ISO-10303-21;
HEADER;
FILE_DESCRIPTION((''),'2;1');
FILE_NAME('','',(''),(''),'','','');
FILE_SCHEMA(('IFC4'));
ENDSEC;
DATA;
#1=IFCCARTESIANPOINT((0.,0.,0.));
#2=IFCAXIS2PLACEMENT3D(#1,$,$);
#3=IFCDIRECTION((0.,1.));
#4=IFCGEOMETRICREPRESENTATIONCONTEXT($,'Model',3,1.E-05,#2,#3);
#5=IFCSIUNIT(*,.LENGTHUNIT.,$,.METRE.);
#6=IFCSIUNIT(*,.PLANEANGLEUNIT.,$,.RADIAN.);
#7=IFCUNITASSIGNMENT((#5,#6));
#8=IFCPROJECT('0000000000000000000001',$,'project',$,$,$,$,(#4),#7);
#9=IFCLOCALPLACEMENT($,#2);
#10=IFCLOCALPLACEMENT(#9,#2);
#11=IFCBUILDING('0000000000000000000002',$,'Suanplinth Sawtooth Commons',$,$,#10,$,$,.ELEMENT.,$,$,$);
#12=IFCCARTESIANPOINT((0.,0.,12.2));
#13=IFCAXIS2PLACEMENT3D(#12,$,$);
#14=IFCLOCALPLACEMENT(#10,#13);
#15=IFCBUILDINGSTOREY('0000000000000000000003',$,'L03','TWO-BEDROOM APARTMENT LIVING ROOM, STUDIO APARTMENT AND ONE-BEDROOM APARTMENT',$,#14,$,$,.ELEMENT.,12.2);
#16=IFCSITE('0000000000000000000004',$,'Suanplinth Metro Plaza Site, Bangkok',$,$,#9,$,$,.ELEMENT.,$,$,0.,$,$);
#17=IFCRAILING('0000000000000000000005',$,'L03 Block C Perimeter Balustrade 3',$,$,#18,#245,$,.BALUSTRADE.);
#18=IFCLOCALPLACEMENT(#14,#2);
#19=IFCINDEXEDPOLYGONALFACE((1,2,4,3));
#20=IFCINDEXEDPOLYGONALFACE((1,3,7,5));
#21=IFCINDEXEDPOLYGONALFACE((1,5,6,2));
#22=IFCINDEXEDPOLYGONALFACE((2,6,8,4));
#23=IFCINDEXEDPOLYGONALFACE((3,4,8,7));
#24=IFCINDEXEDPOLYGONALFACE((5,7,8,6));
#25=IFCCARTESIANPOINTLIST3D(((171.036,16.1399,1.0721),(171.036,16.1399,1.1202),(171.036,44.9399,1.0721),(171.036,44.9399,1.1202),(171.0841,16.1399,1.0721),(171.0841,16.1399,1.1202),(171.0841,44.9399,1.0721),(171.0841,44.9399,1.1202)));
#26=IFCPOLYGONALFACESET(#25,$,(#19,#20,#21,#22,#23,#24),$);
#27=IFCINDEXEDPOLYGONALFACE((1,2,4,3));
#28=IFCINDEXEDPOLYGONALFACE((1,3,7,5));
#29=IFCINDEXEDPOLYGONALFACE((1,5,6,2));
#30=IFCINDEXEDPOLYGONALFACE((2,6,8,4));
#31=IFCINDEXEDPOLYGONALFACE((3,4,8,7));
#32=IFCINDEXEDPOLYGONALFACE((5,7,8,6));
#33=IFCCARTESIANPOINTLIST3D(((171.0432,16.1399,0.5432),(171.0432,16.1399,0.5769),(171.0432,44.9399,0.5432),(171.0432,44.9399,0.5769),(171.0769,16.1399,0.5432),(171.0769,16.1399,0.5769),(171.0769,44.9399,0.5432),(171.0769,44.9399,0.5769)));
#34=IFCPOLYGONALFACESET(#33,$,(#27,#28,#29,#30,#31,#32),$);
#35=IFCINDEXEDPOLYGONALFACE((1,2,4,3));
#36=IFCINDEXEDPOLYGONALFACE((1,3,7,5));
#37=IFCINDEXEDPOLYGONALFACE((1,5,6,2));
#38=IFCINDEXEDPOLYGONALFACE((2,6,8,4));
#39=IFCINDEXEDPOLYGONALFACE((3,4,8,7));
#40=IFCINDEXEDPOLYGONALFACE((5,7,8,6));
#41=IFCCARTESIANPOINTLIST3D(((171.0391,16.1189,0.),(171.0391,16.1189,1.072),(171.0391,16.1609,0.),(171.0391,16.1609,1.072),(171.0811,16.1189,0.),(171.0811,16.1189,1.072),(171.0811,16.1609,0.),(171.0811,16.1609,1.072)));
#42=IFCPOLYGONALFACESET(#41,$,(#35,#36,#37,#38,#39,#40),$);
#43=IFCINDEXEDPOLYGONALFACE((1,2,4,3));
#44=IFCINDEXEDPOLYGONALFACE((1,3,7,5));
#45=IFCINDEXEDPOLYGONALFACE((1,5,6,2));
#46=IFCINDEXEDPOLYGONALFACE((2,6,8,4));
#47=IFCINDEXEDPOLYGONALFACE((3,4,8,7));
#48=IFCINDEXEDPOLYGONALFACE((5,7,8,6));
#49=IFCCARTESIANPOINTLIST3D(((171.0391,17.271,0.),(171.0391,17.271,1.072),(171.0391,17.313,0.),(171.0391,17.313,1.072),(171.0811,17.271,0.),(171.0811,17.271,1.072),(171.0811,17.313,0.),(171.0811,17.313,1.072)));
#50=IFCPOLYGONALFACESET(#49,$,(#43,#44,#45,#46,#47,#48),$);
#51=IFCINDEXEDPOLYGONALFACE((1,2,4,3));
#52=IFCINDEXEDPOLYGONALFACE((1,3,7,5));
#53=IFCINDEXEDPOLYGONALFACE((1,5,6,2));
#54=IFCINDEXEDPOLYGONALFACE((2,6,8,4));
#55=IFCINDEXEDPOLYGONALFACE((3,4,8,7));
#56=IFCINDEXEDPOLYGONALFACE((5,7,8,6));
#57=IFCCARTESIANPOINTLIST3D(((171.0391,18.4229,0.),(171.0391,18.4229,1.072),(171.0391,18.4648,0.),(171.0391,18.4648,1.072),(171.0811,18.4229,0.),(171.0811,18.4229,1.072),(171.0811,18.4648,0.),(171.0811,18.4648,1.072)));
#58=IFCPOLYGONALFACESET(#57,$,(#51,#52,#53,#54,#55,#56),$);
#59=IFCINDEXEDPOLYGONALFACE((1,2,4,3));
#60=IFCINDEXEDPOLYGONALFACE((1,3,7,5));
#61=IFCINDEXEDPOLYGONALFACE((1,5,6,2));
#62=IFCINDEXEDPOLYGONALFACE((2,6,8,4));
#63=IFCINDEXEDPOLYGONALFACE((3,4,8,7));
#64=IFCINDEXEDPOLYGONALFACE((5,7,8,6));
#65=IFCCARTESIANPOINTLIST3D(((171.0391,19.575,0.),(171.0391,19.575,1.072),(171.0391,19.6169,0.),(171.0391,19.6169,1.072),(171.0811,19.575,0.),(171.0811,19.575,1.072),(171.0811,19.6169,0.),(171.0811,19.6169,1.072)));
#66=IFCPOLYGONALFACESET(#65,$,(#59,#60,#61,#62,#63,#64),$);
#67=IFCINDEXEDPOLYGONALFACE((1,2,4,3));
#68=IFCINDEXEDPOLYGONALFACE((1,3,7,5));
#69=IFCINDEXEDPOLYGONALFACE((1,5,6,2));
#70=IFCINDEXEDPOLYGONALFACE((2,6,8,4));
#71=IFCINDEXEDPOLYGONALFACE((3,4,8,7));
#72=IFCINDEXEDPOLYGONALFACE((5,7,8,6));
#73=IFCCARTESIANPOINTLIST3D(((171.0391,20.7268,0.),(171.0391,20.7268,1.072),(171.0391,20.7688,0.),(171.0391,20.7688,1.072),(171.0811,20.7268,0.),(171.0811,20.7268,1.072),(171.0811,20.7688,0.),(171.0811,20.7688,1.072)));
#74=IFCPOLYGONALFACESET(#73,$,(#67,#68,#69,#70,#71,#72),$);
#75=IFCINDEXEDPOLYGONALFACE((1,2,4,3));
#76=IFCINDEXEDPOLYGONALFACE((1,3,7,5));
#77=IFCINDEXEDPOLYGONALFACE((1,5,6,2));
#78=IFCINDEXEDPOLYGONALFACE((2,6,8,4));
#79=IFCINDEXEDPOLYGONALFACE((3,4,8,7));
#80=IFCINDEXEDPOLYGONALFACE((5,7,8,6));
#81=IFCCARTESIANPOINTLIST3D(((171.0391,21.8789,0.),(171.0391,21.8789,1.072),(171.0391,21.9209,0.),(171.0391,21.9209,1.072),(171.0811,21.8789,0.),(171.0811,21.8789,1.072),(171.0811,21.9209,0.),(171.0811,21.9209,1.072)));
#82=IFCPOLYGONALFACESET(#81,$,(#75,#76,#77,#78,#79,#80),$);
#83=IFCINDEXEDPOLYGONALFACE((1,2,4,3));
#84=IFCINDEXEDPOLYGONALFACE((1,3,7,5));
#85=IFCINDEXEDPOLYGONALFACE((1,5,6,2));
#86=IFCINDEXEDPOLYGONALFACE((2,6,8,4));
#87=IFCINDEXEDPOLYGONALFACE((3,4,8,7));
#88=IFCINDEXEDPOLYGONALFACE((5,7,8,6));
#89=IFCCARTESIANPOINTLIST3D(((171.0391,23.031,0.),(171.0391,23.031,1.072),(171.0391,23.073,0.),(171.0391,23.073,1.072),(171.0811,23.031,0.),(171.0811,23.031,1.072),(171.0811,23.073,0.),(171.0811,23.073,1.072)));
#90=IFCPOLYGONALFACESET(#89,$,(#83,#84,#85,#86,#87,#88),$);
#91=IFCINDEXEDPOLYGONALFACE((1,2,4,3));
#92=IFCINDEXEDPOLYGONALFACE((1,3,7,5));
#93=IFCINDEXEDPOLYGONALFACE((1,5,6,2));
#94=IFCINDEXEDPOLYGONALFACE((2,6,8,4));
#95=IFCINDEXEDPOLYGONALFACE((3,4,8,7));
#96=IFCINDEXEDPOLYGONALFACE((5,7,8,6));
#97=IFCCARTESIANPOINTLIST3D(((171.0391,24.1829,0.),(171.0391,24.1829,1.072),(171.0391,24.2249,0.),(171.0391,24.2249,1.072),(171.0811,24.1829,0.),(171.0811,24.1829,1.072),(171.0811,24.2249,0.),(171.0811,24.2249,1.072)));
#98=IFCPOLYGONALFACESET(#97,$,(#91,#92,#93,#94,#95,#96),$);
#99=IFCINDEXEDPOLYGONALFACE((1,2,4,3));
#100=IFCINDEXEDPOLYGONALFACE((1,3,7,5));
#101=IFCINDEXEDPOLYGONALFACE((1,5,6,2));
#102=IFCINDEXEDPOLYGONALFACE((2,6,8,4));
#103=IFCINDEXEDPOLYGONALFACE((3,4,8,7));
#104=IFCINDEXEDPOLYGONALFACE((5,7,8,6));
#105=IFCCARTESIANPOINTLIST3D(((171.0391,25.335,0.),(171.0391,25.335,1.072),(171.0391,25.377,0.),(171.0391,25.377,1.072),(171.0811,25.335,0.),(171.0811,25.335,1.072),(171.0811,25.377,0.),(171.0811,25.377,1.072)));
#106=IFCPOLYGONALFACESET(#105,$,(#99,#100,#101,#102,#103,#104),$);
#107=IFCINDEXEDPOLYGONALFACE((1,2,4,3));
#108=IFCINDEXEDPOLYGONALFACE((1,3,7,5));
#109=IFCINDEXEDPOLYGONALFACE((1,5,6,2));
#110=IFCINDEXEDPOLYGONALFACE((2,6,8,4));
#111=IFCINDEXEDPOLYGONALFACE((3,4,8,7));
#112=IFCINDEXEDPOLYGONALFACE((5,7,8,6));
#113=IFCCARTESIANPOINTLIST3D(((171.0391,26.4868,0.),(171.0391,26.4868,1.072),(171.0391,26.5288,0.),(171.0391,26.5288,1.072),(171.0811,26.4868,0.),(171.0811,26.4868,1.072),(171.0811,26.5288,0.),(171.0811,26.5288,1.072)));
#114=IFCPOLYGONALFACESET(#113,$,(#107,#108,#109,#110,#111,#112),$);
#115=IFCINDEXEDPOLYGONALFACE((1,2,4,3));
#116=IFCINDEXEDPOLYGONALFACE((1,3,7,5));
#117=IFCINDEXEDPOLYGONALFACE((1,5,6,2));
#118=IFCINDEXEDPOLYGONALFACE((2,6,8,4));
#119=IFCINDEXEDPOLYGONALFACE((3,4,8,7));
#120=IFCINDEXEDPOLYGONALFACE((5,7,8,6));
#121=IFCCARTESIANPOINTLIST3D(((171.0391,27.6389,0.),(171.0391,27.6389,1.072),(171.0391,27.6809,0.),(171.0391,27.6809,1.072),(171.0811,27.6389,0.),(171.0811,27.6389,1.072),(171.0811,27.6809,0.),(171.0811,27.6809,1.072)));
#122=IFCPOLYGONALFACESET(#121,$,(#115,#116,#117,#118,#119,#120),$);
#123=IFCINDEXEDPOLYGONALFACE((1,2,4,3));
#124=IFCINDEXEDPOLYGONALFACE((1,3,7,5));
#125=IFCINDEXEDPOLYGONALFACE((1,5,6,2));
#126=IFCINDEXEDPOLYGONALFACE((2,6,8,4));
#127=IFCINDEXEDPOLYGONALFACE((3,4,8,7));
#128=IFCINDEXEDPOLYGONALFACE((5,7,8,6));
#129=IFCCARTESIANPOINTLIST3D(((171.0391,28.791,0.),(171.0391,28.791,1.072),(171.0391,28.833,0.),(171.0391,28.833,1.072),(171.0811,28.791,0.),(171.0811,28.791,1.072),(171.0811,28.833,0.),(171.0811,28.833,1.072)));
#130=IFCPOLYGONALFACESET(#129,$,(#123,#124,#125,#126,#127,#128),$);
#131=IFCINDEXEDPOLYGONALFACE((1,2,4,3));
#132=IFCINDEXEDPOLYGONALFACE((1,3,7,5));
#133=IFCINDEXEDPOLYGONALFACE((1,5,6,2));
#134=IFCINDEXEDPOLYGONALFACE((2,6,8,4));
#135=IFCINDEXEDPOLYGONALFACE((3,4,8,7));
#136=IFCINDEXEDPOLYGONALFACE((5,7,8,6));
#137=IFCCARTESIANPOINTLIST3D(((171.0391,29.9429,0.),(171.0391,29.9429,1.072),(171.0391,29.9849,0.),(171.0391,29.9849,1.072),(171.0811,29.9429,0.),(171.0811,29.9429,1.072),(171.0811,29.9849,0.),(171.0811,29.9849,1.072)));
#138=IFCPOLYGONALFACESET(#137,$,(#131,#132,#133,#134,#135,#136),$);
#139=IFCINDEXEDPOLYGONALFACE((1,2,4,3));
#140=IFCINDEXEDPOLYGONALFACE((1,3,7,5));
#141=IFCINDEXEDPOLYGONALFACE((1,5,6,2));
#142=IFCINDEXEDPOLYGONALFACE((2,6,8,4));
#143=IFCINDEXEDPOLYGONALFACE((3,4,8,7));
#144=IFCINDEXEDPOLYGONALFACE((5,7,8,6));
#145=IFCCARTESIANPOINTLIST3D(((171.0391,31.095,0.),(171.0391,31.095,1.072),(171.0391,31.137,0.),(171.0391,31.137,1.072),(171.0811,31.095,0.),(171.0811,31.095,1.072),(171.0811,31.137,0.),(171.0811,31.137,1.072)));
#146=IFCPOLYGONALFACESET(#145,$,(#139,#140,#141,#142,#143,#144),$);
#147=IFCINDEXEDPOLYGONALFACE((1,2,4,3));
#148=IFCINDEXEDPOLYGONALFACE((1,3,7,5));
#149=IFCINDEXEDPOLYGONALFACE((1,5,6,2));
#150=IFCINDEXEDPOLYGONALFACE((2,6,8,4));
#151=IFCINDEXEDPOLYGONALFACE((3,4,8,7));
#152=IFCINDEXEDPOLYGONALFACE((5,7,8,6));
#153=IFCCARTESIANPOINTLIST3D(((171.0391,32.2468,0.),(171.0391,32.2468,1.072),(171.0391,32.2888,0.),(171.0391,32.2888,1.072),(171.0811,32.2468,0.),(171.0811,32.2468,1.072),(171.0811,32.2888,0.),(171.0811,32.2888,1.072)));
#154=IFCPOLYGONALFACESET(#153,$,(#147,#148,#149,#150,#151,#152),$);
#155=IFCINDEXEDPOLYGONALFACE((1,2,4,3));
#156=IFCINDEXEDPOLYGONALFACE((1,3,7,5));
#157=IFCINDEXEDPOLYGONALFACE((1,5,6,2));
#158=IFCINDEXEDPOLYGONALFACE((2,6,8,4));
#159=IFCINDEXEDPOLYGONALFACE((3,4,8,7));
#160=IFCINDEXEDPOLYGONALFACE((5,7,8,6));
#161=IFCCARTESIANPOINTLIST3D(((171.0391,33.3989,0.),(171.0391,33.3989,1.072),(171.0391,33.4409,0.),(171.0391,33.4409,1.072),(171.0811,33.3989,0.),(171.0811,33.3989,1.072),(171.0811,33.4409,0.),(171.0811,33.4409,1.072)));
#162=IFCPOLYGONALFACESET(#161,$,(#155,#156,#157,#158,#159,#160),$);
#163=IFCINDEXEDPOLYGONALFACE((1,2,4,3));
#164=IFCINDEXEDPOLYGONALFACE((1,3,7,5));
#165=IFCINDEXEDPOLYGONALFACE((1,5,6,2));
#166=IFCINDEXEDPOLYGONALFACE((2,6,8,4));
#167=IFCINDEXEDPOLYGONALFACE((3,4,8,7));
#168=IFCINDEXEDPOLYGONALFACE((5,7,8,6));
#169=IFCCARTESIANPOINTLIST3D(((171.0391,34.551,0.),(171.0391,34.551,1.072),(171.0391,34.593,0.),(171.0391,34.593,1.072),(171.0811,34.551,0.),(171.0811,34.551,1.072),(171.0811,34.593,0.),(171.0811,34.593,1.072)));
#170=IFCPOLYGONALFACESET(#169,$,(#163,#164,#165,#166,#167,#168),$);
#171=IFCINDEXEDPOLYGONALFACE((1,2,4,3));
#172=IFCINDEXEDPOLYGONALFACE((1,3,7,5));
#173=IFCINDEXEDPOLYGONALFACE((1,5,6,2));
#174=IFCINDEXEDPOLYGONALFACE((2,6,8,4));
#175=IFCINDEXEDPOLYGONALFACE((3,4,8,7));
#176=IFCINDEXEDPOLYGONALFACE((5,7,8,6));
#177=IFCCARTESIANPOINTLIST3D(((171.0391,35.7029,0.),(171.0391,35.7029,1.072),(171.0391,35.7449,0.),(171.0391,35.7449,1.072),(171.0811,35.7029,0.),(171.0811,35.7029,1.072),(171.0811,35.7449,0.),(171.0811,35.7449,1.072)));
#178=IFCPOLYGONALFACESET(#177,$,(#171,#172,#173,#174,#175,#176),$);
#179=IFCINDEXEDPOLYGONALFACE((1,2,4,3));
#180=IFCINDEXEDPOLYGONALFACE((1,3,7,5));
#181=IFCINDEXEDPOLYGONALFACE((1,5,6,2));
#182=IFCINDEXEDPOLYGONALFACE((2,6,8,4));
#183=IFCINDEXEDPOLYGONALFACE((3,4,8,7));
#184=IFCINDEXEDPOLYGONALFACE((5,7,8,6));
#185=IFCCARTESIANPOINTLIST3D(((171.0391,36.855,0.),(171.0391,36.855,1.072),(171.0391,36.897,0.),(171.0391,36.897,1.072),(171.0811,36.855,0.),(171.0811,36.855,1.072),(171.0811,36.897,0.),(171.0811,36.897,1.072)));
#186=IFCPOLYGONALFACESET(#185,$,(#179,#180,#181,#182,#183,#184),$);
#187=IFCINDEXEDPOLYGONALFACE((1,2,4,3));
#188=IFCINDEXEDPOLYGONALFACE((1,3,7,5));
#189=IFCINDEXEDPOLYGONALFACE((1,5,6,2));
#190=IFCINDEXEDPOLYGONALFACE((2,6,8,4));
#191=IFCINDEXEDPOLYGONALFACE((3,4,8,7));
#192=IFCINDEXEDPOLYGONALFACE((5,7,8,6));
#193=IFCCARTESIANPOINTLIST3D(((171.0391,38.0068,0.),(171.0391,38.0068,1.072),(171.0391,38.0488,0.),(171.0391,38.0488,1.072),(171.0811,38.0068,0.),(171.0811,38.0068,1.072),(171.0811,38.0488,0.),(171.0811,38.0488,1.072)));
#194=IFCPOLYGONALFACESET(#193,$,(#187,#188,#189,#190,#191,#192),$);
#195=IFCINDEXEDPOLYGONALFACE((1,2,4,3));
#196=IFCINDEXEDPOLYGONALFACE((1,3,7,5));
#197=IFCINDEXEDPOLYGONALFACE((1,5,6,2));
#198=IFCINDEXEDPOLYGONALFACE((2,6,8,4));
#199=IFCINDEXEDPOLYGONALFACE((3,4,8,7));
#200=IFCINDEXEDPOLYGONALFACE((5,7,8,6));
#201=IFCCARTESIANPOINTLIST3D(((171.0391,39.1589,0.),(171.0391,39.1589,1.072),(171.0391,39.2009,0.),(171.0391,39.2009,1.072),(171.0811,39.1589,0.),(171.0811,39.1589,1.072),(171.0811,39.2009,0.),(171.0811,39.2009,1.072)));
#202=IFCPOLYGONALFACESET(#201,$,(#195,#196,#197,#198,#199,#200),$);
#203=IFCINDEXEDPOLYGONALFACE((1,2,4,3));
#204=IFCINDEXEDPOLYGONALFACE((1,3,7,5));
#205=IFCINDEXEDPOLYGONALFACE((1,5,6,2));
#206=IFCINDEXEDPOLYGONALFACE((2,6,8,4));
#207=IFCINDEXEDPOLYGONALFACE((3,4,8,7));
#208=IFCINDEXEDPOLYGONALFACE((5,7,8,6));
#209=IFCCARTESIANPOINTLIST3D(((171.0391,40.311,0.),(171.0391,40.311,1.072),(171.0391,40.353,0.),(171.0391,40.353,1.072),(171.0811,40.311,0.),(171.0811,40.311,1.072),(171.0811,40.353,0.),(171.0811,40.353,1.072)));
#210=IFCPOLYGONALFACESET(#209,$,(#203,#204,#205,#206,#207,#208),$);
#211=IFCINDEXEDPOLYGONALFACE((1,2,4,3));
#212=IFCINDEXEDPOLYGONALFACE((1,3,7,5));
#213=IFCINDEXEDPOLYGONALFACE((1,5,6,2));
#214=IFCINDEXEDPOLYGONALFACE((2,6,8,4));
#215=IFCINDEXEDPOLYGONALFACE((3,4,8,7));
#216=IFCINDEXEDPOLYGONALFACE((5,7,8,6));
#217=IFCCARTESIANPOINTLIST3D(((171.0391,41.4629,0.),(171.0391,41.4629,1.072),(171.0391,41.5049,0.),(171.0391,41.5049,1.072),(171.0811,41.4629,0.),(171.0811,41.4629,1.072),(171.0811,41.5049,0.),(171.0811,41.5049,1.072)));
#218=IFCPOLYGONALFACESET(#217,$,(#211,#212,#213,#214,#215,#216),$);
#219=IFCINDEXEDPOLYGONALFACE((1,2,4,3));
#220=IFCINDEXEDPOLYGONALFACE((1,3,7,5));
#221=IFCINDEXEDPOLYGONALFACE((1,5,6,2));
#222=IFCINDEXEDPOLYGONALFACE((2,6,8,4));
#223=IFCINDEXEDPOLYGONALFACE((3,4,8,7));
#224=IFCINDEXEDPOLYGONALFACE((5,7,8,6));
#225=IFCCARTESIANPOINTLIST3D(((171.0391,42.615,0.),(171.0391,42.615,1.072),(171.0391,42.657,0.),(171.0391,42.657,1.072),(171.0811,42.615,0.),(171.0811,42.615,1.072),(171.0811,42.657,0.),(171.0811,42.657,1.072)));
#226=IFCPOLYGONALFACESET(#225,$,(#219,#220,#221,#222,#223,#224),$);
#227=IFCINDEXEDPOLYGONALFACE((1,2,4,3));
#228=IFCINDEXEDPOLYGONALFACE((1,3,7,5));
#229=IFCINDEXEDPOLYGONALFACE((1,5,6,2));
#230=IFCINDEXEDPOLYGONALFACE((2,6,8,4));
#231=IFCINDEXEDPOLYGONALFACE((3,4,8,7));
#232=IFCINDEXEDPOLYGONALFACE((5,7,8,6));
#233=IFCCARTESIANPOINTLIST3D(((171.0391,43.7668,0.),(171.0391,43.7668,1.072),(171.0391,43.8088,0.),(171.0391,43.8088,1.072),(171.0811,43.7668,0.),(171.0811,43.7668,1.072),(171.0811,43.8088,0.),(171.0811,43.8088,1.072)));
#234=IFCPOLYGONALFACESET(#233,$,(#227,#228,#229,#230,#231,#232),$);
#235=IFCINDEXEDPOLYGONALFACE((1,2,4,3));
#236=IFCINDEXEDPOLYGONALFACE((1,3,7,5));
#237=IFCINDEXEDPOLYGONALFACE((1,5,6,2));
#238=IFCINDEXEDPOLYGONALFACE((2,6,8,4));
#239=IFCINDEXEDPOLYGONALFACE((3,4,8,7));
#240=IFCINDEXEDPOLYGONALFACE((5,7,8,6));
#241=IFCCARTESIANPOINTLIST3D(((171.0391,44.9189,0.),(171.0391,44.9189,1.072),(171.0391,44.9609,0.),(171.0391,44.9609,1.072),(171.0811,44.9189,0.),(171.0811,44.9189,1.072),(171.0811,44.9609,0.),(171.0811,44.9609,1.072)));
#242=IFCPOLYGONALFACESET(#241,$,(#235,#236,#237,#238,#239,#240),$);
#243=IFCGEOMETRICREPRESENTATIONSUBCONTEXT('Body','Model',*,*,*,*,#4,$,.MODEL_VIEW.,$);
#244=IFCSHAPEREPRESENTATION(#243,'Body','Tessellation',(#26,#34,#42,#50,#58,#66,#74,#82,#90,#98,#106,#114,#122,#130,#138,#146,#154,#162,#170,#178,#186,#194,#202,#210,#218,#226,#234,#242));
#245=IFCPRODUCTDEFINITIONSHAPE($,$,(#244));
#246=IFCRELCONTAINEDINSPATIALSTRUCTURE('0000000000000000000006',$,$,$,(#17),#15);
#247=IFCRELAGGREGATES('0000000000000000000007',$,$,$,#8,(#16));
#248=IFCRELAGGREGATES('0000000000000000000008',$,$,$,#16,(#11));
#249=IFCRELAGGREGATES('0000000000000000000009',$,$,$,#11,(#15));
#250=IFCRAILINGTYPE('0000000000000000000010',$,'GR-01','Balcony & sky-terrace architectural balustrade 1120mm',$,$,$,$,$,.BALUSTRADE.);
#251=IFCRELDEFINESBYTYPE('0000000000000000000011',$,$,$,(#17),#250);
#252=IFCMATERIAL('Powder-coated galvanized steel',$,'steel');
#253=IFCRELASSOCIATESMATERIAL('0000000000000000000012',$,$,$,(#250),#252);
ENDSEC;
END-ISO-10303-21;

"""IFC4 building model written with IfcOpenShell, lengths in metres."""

from ifc_helpers import new_model, si_unit, direction, frame, origin, origin_2d, place, context, subcontext, project, spatial, rectangle, extrude, material, type_object, element, save


model = new_model("IFC4")

# Units and contexts
model_context = context("Model", 3, precision=1e-05, world=origin(), true_north=direction((0.0, 1.0)))
body_context = subcontext(model_context, "Body", "Model", "MODEL_VIEW")
ifc_project = project(units=[si_unit("LENGTHUNIT", "METRE"), si_unit("PLANEANGLEUNIT", "RADIAN")], contexts=[model_context])

# Site, building, storey
site_placement = place(None, origin())
site = spatial("IfcSite", under=ifc_project, at=site_placement, Name="Suanplinth Metro Plaza Site, Bangkok", CompositionType="ELEMENT", RefElevation=0.0)
building_placement = place(site_placement, origin())
building = spatial("IfcBuilding", under=site, at=building_placement, Name="Suanplinth Sawtooth Commons", CompositionType="ELEMENT")
storey_placement = place(building_placement, frame((0.0, 0.0, 12.2)))
storey = spatial("IfcBuildingStorey", under=building, at=storey_placement, Name="L03", Description="TWO-BEDROOM APARTMENT LIVING ROOM, STUDIO APARTMENT AND ONE-BEDROOM APARTMENT", CompositionType="ELEMENT", Elevation=12.2)

# Railing
ifc_material_1 = material(Name="Powder-coated galvanized steel", Category="steel")
railing_type_1 = type_object("IfcRailingType", Name="GR-01", Description="Balcony & sky-terrace architectural balustrade 1120mm", PredefinedType="BALUSTRADE", material=ifc_material_1)
railing_1_placement = place(storey_placement, frame((171.0601, 16.1399, 0.0)))
element("IfcRailing", 1, at=railing_1_placement, inside=storey, type_object=railing_type_1, Name="L03 Block C Perimeter Balustrade 3", PredefinedType="BALUSTRADE", context=body_context, shape_type="SweptSolid", body=[
    extrude(rectangle(XDim=0.0481, YDim=0.0481, at=origin_2d()), frame((0.0, 0.0, 1.0962), z_axis=(0.0, 1.0, 0.0), x_axis=(-1.0, 0.0, 0.0)), (0.0, 0.0, 1.0), 28.8),
    extrude(rectangle(XDim=0.0337, YDim=0.0337, at=origin_2d()), frame((0.0, 0.0, 0.5601), z_axis=(0.0, 1.0, 0.0), x_axis=(-1.0, 0.0, 0.0)), (0.0, 0.0, 1.0), 28.8),
    extrude(rectangle(XDim=0.042, YDim=0.042, at=origin_2d()), origin(), (0.0, 0.0, 1.0), 1.072),
    extrude(rectangle(XDim=0.042, YDim=0.042, at=origin_2d()), frame((0.0, 1.1521, 0.0)), (0.0, 0.0, 1.0), 1.072),
    extrude(rectangle(XDim=0.042, YDim=0.042, at=origin_2d()), frame((0.0, 2.304, 0.0)), (0.0, 0.0, 1.0), 1.072),
    extrude(rectangle(XDim=0.042, YDim=0.042, at=origin_2d()), frame((0.0, 3.4561, 0.0)), (0.0, 0.0, 1.0), 1.072),
    extrude(rectangle(XDim=0.042, YDim=0.042, at=origin_2d()), frame((0.0, 4.6079, 0.0)), (0.0, 0.0, 1.0), 1.072),
    extrude(rectangle(XDim=0.042, YDim=0.042, at=origin_2d()), frame((0.0, 5.76, 0.0)), (0.0, 0.0, 1.0), 1.072),
    extrude(rectangle(XDim=0.042, YDim=0.042, at=origin_2d()), frame((0.0, 6.9121, 0.0)), (0.0, 0.0, 1.0), 1.072),
    extrude(rectangle(XDim=0.042, YDim=0.042, at=origin_2d()), frame((0.0, 8.064, 0.0)), (0.0, 0.0, 1.0), 1.072),
    extrude(rectangle(XDim=0.042, YDim=0.042, at=origin_2d()), frame((0.0, 9.2161, 0.0)), (0.0, 0.0, 1.0), 1.072),
    extrude(rectangle(XDim=0.042, YDim=0.042, at=origin_2d()), frame((0.0, 10.3679, 0.0)), (0.0, 0.0, 1.0), 1.072),
    extrude(rectangle(XDim=0.042, YDim=0.042, at=origin_2d()), frame((0.0, 11.52, 0.0)), (0.0, 0.0, 1.0), 1.072),
    extrude(rectangle(XDim=0.042, YDim=0.042, at=origin_2d()), frame((0.0, 12.6721, 0.0)), (0.0, 0.0, 1.0), 1.072),
    extrude(rectangle(XDim=0.042, YDim=0.042, at=origin_2d()), frame((0.0, 13.824, 0.0)), (0.0, 0.0, 1.0), 1.072),
    extrude(rectangle(XDim=0.042, YDim=0.042, at=origin_2d()), frame((0.0, 14.9761, 0.0)), (0.0, 0.0, 1.0), 1.072),
    extrude(rectangle(XDim=0.042, YDim=0.042, at=origin_2d()), frame((0.0, 16.1279, 0.0)), (0.0, 0.0, 1.0), 1.072),
    extrude(rectangle(XDim=0.042, YDim=0.042, at=origin_2d()), frame((0.0, 17.28, 0.0)), (0.0, 0.0, 1.0), 1.072),
    extrude(rectangle(XDim=0.042, YDim=0.042, at=origin_2d()), frame((0.0, 18.4321, 0.0)), (0.0, 0.0, 1.0), 1.072),
    extrude(rectangle(XDim=0.042, YDim=0.042, at=origin_2d()), frame((0.0, 19.584, 0.0)), (0.0, 0.0, 1.0), 1.072),
    extrude(rectangle(XDim=0.042, YDim=0.042, at=origin_2d()), frame((0.0, 20.7361, 0.0)), (0.0, 0.0, 1.0), 1.072),
    extrude(rectangle(XDim=0.042, YDim=0.042, at=origin_2d()), frame((0.0, 21.8879, 0.0)), (0.0, 0.0, 1.0), 1.072),
    extrude(rectangle(XDim=0.042, YDim=0.042, at=origin_2d()), frame((0.0, 23.04, 0.0)), (0.0, 0.0, 1.0), 1.072),
    extrude(rectangle(XDim=0.042, YDim=0.042, at=origin_2d()), frame((0.0, 24.1921, 0.0)), (0.0, 0.0, 1.0), 1.072),
    extrude(rectangle(XDim=0.042, YDim=0.042, at=origin_2d()), frame((0.0, 25.344, 0.0)), (0.0, 0.0, 1.0), 1.072),
    extrude(rectangle(XDim=0.042, YDim=0.042, at=origin_2d()), frame((0.0, 26.4961, 0.0)), (0.0, 0.0, 1.0), 1.072),
    extrude(rectangle(XDim=0.042, YDim=0.042, at=origin_2d()), frame((0.0, 27.6479, 0.0)), (0.0, 0.0, 1.0), 1.072),
    extrude(rectangle(XDim=0.042, YDim=0.042, at=origin_2d()), frame((0.0, 28.8, 0.0)), (0.0, 0.0, 1.0), 1.072),
])

save(model, "model.ifc")
